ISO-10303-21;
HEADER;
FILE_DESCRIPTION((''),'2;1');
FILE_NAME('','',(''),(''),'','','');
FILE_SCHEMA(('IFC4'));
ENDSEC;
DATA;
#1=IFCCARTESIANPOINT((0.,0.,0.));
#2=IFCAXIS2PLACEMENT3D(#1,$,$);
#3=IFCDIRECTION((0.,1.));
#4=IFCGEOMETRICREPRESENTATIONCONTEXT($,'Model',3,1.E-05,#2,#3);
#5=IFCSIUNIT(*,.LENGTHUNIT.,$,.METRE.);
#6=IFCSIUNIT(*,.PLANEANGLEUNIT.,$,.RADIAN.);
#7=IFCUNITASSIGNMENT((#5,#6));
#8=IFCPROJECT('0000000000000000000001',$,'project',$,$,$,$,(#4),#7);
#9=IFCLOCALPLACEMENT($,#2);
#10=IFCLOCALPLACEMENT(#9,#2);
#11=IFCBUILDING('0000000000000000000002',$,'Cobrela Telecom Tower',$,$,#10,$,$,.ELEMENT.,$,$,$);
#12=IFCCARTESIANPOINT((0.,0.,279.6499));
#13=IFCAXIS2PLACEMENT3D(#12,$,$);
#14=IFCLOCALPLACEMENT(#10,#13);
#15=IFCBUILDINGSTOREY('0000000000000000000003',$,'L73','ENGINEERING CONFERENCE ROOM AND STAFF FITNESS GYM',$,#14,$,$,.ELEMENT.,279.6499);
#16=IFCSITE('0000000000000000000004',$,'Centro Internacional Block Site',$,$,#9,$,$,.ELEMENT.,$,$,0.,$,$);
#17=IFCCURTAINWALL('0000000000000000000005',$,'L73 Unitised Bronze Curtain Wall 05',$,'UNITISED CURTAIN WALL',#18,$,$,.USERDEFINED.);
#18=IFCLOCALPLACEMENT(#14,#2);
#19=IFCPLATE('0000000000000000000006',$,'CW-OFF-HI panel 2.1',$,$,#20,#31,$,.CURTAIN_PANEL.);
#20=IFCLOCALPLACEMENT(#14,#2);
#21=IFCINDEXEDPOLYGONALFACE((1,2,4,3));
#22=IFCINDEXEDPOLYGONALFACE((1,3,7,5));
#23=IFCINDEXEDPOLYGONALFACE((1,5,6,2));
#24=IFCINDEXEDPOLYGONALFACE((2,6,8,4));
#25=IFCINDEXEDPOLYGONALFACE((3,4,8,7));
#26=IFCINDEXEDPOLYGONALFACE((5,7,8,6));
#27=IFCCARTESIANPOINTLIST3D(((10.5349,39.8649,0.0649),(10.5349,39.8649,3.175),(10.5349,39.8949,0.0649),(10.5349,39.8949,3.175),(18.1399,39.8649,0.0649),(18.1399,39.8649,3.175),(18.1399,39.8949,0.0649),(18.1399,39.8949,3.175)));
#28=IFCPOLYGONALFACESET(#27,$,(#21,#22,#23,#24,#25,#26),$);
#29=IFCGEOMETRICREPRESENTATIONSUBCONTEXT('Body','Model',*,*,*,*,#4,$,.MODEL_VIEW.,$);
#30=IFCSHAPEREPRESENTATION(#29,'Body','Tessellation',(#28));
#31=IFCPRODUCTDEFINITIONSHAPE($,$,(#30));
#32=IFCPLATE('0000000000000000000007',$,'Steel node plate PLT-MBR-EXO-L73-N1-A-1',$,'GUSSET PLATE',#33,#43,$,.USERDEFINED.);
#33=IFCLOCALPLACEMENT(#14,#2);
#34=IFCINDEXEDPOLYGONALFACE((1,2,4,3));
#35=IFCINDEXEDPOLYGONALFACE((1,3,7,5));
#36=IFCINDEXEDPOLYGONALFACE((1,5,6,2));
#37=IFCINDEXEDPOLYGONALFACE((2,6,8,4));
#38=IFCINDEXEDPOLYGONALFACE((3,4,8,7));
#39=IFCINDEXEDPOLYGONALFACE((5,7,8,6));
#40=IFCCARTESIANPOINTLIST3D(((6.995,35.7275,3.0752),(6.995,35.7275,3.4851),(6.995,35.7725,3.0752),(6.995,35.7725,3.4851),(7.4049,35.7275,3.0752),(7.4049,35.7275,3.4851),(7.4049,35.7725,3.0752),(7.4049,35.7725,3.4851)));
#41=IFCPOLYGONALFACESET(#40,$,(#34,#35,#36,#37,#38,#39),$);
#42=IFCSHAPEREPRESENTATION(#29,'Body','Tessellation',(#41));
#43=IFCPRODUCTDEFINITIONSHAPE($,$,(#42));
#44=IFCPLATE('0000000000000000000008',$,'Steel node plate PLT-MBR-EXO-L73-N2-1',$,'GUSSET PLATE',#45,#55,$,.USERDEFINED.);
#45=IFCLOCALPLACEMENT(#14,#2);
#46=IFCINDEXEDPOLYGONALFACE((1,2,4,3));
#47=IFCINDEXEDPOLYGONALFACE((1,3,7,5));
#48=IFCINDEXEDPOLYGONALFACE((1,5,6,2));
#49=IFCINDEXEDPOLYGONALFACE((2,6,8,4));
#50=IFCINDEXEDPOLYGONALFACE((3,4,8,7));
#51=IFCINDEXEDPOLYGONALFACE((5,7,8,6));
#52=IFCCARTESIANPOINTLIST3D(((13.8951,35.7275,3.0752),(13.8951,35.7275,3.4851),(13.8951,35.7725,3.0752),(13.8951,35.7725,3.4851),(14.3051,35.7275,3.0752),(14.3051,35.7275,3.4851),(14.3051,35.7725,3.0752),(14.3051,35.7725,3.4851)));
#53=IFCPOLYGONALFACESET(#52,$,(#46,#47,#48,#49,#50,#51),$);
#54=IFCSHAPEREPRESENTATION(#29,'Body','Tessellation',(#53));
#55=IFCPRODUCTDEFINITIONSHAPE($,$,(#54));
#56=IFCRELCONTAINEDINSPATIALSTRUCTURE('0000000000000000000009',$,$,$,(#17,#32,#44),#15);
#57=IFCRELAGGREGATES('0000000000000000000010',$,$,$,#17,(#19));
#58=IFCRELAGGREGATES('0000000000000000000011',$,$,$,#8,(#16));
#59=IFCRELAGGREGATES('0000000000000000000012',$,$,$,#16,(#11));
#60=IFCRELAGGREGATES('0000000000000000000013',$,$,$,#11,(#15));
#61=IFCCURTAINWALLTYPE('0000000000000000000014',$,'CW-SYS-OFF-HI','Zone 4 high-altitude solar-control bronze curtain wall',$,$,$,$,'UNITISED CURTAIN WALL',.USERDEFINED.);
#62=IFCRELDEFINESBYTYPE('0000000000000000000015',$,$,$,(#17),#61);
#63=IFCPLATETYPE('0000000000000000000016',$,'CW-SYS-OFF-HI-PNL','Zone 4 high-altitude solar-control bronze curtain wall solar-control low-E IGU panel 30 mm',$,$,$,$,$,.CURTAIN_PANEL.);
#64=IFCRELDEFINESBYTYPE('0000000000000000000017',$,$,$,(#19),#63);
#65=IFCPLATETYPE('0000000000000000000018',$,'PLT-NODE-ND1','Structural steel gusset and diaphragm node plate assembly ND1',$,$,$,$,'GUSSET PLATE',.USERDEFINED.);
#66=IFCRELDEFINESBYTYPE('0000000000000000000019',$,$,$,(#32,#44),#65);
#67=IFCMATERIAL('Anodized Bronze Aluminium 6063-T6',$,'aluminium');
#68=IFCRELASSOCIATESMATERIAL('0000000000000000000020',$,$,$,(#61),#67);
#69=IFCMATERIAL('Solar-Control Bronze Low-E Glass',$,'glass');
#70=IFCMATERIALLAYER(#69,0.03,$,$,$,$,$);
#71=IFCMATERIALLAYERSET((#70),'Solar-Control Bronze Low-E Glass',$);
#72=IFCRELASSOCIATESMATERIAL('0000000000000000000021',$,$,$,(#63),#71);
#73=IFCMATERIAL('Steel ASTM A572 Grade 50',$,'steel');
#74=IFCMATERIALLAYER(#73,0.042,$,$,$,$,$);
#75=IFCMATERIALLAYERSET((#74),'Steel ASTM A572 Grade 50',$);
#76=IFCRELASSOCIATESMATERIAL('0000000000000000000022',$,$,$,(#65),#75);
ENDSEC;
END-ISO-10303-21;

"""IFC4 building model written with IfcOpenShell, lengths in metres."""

from ifc_helpers import new_model, si_unit, direction, frame, origin, origin_2d, place, context, subcontext, project, spatial, rectangle, extrude, material, layer, layer_set, type_object, element, aggregate, save


model = new_model("IFC4")

# Units and contexts
model_context = context("Model", 3, precision=1e-05, world=origin(), true_north=direction((0.0, 1.0)))
body_context = subcontext(model_context, "Body", "Model", "MODEL_VIEW")
ifc_project = project(units=[si_unit("LENGTHUNIT", "METRE"), si_unit("PLANEANGLEUNIT", "RADIAN")], contexts=[model_context])

# Site, building, storey
site_placement = place(None, origin())
site = spatial("IfcSite", under=ifc_project, at=site_placement, Name="Centro Internacional Block Site", CompositionType="ELEMENT", RefElevation=0.0)
building_placement = place(site_placement, origin())
building = spatial("IfcBuilding", under=site, at=building_placement, Name="Cobrela Telecom Tower", CompositionType="ELEMENT")
storey_placement = place(building_placement, frame((0.0, 0.0, 279.6499)))
storey = spatial("IfcBuildingStorey", under=building, at=storey_placement, Name="L73", Description="ENGINEERING CONFERENCE ROOM AND STAFF FITNESS GYM", CompositionType="ELEMENT", Elevation=279.6499)

# Shared definitions
ifc_material_1 = material(Name="Steel ASTM A572 Grade 50", Category="steel")

# Curtain wall
ifc_material_2 = material(Name="Anodized Bronze Aluminium 6063-T6", Category="aluminium")
curtain_wall_type = type_object("IfcCurtainWallType", Name="CW-SYS-OFF-HI", Description="Zone 4 high-altitude solar-control bronze curtain wall", ElementType="UNITISED CURTAIN WALL", PredefinedType="USERDEFINED", material=ifc_material_2)
curtain_wall_placement = place(storey_placement, origin())
curtain_wall = element("IfcCurtainWall", 1, at=curtain_wall_placement, inside=storey, type_object=curtain_wall_type, Name="L73 Unitised Bronze Curtain Wall 05", ObjectType="UNITISED CURTAIN WALL", PredefinedType="USERDEFINED")

# Plate
ifc_material_3 = material(Name="Solar-Control Bronze Low-E Glass", Category="glass")
ifc_layer_1 = layer(ifc_material_3, 0.03)
ifc_layer_set_1 = layer_set([ifc_layer_1], Name="Solar-Control Bronze Low-E Glass")
plate_type_1 = type_object("IfcPlateType", Name="CW-SYS-OFF-HI-PNL", Description="Zone 4 high-altitude solar-control bronze curtain wall solar-control low-E IGU panel 30 mm", PredefinedType="CURTAIN_PANEL", material=ifc_layer_set_1)
plate_placement = place(storey_placement, frame((14.3374, 39.8799, 0.0649), z_axis=(0.0, 0.0, 1.0), x_axis=(1.0, 0.0, 0.0)))
plate = element("IfcPlate", 2, at=plate_placement, type_object=plate_type_1, Name="CW-OFF-HI panel 2.1", PredefinedType="CURTAIN_PANEL", context=body_context, shape_type="SweptSolid", body=[
    extrude(rectangle(XDim=7.605, YDim=0.03, at=origin_2d()), origin(), (0.0, 0.0, 1.0), 3.1101),
])
aggregate(curtain_wall, [plate])

# Plates
ifc_layer_2 = layer(ifc_material_1, 0.042)
ifc_layer_set_2 = layer_set([ifc_layer_2], Name="Steel ASTM A572 Grade 50")
plate_type_2 = type_object("IfcPlateType", Name="PLT-NODE-ND1", Description="Structural steel gusset and diaphragm node plate assembly ND1", ElementType="GUSSET PLATE", PredefinedType="USERDEFINED", material=ifc_layer_set_2)
for number, where, z_axis, x_axis, name in (
    (3, (7.2, 35.75, 3.0752), (0.0, 0.0, 1.0), (1.0, 0.0, 0.0), "Steel node plate PLT-MBR-EXO-L73-N1-A-1"),
    (4, (14.1001, 35.75, 3.0752), (0.0, 0.0, 1.0), (1.0, 0.0, 0.0), "Steel node plate PLT-MBR-EXO-L73-N2-1"),
):
    element("IfcPlate", number, at=place(storey_placement, frame(where, z_axis=z_axis, x_axis=x_axis)), inside=storey, type_object=plate_type_2, Name=name, ObjectType="GUSSET PLATE", PredefinedType="USERDEFINED", context=body_context, shape_type="SweptSolid", body=[
        extrude(rectangle(XDim=0.4099, YDim=0.0449, at=origin_2d()), origin(), (0.0, 0.0, 1.0), 0.4099),
    ])

save(model, "model.ifc")
